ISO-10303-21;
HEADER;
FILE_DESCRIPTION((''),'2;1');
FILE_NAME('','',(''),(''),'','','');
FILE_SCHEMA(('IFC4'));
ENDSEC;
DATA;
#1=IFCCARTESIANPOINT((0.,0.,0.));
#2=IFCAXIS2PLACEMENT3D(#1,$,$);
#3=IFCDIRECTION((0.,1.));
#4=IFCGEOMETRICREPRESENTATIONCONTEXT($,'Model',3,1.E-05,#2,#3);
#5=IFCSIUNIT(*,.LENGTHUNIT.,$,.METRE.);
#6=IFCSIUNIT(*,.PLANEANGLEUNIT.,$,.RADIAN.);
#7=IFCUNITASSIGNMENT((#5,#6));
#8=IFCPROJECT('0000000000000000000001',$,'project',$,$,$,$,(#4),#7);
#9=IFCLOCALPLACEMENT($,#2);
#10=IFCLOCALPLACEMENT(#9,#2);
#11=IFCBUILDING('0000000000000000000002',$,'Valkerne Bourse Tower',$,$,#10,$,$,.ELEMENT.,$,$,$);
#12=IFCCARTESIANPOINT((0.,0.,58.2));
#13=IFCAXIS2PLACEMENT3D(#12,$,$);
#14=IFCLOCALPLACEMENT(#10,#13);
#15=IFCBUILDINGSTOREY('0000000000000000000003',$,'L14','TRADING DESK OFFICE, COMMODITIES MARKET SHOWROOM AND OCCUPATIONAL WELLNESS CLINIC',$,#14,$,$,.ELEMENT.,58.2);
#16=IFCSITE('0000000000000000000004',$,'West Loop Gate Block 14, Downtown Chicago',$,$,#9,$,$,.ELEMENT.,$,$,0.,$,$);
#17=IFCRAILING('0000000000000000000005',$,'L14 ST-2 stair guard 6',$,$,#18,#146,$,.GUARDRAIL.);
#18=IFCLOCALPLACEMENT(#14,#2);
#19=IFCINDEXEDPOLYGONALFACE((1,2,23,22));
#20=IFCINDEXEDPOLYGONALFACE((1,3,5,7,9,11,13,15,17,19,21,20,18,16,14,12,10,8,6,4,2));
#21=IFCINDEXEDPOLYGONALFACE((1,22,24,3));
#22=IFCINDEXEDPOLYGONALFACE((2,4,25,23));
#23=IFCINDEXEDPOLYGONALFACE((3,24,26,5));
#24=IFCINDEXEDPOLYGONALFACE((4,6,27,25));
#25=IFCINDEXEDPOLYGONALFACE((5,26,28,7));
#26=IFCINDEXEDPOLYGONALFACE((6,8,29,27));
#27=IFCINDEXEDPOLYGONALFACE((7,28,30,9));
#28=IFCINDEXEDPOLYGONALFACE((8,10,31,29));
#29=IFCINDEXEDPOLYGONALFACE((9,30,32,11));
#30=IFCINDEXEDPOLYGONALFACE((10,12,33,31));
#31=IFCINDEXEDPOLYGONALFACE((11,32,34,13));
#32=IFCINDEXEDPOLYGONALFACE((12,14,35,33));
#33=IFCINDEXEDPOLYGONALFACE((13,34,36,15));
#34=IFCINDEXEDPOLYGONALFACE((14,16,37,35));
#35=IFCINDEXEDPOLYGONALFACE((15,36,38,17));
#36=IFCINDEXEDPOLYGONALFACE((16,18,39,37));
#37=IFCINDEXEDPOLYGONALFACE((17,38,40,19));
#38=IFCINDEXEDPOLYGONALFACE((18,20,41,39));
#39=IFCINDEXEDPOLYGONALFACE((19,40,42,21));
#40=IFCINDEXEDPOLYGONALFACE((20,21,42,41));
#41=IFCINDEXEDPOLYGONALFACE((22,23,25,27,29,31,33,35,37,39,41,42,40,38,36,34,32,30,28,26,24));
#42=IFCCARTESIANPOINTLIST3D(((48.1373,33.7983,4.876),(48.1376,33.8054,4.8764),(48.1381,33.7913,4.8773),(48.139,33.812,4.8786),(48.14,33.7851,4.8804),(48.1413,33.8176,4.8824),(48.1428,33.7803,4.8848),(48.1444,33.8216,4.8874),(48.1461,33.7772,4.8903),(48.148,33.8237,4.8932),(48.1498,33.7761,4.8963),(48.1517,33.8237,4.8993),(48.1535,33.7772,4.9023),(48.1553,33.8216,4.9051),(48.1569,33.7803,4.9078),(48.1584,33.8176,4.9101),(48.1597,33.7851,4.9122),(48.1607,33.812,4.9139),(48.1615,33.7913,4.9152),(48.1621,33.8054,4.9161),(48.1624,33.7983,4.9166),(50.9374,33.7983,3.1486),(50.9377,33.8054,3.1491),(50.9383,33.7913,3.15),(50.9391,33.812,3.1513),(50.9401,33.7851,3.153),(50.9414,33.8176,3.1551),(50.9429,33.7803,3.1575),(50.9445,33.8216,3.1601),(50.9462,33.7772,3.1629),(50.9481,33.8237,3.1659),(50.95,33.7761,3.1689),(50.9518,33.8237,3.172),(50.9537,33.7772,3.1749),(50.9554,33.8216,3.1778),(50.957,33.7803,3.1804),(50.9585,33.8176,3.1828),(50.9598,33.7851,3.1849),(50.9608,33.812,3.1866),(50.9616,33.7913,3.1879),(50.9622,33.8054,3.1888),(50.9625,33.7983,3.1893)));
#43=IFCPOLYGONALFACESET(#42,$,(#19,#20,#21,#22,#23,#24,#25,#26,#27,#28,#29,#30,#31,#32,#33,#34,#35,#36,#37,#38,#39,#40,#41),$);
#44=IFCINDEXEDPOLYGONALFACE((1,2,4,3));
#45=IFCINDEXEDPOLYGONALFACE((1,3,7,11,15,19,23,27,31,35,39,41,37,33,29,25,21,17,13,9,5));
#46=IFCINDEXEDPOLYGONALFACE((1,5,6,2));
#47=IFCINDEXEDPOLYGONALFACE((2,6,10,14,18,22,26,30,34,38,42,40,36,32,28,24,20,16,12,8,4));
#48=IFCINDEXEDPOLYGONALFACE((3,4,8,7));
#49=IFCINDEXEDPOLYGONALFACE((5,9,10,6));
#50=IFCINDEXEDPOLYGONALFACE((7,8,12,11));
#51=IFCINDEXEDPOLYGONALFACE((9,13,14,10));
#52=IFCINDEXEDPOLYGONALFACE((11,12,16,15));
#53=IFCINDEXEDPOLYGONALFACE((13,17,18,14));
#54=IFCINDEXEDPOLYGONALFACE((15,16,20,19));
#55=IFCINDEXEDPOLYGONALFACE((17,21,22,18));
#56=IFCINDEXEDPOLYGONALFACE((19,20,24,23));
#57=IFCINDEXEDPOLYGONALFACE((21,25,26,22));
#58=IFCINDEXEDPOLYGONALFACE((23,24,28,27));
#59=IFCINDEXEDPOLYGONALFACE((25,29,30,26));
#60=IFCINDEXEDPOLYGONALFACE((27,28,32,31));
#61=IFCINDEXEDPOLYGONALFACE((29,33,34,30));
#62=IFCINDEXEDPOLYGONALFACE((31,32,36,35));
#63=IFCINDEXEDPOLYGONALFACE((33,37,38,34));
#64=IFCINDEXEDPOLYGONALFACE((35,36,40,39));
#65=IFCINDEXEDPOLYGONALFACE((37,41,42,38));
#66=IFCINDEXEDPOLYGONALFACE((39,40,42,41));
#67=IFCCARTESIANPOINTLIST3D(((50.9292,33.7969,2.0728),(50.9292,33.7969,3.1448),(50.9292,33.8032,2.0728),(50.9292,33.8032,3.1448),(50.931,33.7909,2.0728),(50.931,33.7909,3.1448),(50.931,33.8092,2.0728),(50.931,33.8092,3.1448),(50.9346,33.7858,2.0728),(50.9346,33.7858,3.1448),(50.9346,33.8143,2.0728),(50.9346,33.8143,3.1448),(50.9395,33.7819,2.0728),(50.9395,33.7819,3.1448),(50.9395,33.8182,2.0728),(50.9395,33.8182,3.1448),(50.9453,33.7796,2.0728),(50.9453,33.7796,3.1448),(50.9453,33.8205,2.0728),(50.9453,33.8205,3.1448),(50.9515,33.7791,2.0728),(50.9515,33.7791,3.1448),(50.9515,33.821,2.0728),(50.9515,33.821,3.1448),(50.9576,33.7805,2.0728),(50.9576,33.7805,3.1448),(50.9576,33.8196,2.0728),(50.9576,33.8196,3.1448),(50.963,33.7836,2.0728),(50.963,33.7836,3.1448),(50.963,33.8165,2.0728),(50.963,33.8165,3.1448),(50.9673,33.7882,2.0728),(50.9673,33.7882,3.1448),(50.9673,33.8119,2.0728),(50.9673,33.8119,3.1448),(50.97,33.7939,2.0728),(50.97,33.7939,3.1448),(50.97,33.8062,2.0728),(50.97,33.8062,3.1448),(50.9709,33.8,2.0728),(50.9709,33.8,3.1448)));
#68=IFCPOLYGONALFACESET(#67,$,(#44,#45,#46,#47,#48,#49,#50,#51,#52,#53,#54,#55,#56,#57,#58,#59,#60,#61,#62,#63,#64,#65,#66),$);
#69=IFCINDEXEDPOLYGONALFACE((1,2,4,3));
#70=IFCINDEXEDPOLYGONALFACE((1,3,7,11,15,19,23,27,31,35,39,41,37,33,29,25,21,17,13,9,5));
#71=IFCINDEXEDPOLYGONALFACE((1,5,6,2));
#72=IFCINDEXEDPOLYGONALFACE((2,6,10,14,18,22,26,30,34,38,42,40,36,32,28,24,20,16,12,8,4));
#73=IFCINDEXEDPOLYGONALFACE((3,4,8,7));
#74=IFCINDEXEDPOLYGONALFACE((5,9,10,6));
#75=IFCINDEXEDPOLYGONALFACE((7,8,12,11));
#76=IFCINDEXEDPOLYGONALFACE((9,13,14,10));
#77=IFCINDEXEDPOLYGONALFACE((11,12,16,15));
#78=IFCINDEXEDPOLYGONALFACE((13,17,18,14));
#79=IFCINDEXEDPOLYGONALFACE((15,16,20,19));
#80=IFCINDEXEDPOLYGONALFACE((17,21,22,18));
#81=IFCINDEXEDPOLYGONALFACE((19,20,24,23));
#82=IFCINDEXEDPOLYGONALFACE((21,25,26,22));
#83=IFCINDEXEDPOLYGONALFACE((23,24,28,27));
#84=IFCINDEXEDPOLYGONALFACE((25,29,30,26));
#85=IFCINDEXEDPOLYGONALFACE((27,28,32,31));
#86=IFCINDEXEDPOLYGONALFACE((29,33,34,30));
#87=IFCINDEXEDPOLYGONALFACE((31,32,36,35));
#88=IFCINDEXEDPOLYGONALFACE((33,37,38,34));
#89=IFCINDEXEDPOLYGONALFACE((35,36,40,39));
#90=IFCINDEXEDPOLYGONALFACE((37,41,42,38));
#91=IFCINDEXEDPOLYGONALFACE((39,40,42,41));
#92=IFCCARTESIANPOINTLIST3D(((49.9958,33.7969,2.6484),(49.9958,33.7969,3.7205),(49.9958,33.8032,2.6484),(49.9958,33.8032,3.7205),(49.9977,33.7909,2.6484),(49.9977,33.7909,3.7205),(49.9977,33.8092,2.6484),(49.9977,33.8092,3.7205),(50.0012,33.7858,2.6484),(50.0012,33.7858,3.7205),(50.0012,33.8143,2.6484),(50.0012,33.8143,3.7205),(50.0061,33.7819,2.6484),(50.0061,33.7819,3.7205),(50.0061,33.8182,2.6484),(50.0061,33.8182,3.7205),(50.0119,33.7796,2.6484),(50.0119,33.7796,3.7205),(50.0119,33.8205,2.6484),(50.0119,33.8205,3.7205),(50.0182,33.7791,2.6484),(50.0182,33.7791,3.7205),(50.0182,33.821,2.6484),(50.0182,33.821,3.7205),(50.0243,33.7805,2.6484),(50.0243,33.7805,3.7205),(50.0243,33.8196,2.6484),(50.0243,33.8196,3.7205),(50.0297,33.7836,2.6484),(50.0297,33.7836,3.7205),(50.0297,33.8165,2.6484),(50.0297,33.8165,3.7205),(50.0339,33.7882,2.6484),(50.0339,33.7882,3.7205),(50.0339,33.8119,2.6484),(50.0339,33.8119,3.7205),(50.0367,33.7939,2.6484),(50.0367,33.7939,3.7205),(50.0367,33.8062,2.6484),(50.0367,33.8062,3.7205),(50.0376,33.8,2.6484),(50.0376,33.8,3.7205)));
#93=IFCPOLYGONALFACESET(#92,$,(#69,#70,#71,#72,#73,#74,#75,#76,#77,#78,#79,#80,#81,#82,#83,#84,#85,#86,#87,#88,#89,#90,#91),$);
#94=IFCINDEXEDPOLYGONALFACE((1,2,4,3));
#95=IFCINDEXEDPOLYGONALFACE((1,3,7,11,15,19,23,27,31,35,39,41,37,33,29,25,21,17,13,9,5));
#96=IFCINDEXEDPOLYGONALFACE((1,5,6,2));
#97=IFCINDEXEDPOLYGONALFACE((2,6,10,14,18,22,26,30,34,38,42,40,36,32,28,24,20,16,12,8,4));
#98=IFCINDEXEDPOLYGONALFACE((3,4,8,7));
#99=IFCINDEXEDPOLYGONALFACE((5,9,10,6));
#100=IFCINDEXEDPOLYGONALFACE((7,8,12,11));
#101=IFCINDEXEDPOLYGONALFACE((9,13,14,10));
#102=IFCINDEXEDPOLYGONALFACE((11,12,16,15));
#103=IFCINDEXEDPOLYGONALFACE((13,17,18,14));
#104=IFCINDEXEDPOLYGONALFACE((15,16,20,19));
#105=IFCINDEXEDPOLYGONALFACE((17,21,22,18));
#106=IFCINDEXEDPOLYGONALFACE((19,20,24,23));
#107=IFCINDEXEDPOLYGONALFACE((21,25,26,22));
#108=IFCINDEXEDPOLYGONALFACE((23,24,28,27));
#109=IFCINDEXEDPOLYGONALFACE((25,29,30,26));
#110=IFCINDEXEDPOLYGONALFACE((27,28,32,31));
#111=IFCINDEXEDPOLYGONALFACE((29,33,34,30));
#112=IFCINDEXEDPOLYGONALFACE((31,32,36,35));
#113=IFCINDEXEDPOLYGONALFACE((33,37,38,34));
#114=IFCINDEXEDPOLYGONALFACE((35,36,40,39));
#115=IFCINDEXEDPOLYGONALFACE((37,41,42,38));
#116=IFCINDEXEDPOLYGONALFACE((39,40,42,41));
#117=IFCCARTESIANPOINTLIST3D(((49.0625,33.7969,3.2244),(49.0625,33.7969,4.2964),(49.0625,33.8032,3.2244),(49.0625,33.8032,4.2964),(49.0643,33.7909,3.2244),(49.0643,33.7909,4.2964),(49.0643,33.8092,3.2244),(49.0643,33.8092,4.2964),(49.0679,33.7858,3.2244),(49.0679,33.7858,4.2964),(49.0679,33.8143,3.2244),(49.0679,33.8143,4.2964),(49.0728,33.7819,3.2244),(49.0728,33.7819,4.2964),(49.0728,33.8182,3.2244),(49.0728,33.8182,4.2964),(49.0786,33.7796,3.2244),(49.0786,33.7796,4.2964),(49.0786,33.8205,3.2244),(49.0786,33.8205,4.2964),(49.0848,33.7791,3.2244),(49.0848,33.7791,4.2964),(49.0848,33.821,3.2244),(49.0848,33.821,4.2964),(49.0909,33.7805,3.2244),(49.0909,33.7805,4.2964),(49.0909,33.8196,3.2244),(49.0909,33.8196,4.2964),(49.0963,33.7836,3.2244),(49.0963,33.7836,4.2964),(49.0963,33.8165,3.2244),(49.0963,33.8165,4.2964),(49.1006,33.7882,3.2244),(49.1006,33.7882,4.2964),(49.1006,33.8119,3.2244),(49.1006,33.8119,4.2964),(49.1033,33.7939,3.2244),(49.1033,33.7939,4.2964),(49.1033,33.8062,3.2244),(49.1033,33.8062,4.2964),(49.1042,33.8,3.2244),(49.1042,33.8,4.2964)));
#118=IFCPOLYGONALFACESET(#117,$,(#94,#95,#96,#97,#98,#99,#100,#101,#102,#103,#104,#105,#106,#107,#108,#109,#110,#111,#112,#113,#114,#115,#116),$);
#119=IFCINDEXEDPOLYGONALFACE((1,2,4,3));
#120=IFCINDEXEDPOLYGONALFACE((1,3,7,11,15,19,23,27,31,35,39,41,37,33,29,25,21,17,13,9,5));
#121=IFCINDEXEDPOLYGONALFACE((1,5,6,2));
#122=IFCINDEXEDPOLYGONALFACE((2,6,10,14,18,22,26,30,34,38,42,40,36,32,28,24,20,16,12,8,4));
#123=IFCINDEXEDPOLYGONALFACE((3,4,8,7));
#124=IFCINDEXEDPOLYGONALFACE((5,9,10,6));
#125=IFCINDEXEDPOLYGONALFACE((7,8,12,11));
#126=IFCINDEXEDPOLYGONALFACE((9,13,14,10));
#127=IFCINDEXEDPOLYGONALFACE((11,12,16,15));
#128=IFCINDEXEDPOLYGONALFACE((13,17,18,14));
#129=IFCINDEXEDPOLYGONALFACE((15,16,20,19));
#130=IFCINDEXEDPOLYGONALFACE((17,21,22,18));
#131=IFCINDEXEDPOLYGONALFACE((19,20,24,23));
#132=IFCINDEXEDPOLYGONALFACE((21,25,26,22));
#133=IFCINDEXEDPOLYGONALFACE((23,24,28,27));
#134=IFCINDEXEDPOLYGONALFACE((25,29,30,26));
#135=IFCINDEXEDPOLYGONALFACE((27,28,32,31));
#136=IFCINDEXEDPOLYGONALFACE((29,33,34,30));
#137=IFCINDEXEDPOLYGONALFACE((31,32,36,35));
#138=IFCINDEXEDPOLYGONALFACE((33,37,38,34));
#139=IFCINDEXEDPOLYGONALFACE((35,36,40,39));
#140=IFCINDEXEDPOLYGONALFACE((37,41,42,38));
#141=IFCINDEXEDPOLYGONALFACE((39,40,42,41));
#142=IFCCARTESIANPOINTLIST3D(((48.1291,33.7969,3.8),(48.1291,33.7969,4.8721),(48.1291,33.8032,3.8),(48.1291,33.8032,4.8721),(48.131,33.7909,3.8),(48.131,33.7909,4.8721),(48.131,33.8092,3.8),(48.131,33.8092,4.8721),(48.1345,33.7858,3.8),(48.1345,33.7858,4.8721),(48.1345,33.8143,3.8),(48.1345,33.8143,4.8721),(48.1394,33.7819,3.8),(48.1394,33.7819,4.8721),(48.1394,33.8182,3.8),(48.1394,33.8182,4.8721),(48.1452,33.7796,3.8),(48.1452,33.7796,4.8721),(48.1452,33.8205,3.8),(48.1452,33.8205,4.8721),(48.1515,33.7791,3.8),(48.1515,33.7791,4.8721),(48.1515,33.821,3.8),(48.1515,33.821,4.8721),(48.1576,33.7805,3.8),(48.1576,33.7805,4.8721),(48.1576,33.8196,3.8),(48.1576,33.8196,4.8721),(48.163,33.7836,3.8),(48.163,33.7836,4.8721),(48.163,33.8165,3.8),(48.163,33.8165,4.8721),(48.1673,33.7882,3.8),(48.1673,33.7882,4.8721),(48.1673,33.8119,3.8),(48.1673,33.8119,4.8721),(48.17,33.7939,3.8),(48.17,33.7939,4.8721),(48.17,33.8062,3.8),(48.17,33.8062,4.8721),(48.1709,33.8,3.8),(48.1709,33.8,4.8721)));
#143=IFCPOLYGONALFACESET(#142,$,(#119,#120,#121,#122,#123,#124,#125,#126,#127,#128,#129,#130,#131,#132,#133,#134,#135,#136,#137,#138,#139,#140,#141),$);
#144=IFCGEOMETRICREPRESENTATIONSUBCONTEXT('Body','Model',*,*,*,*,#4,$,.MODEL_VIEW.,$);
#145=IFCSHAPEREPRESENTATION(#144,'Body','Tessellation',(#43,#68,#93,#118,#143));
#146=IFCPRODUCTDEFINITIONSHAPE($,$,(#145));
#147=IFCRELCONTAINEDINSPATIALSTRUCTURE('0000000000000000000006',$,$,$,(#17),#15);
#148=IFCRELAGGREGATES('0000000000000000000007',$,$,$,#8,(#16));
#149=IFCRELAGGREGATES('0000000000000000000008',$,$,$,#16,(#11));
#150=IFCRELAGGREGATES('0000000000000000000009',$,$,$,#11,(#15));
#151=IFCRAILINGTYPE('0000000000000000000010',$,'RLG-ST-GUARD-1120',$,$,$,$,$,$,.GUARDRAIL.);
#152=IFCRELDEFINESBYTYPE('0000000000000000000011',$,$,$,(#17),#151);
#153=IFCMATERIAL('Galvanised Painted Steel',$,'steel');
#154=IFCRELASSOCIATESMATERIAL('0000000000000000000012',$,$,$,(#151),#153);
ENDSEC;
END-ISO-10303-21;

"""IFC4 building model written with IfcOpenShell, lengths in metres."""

from ifc_helpers import new_model, si_unit, direction, frame, origin, origin_2d, place, context, subcontext, project, spatial, circle, extrude, material, type_object, element, save


model = new_model("IFC4")

# Units and contexts
model_context = context("Model", 3, precision=1e-05, world=origin(), true_north=direction((0.0, 1.0)))
body_context = subcontext(model_context, "Body", "Model", "MODEL_VIEW")
ifc_project = project(units=[si_unit("LENGTHUNIT", "METRE"), si_unit("PLANEANGLEUNIT", "RADIAN")], contexts=[model_context])

# Site, building, storey
site_placement = place(None, origin())
site = spatial("IfcSite", under=ifc_project, at=site_placement, Name="West Loop Gate Block 14, Downtown Chicago", CompositionType="ELEMENT", RefElevation=0.0)
building_placement = place(site_placement, origin())
building = spatial("IfcBuilding", under=site, at=building_placement, Name="Valkerne Bourse Tower", CompositionType="ELEMENT")
storey_placement = place(building_placement, frame((0.0, 0.0, 58.2)))
storey = spatial("IfcBuildingStorey", under=building, at=storey_placement, Name="L14", Description="TRADING DESK OFFICE, COMMODITIES MARKET SHOWROOM AND OCCUPATIONAL WELLNESS CLINIC", CompositionType="ELEMENT", Elevation=58.2)

# Railing
ifc_material_1 = material(Name="Galvanised Painted Steel", Category="steel")
railing_type_1 = type_object("IfcRailingType", Name="RLG-ST-GUARD-1120", PredefinedType="GUARDRAIL", material=ifc_material_1)
railing_1_placement = place(storey_placement, frame((50.95, 33.8, 2.0728)))
element("IfcRailing", 1, at=railing_1_placement, inside=storey, type_object=railing_type_1, Name="L14 ST-2 stair guard 6", PredefinedType="GUARDRAIL", context=body_context, shape_type="SweptSolid", body=[
    extrude(circle(Radius=0.0239, at=origin_2d()), frame((0.0, 0.0, 1.0962), z_axis=(-0.85109, 0.0, 0.52502), x_axis=(0.0, -1.0, 0.0)), (0.0, 0.0, 1.0), 3.29),
    extrude(circle(Radius=0.021, at=origin_2d()), origin(), (0.0, 0.0, 1.0), 1.072),
    extrude(circle(Radius=0.021, at=origin_2d()), frame((-0.9333, 0.0, 0.5757)), (0.0, 0.0, 1.0), 1.072),
    extrude(circle(Radius=0.021, at=origin_2d()), frame((-1.8667, 0.0, 1.1516)), (0.0, 0.0, 1.0), 1.072),
    extrude(circle(Radius=0.021, at=origin_2d()), frame((-2.8, 0.0, 1.7273)), (0.0, 0.0, 1.0), 1.072),
])

save(model, "model.ifc")
